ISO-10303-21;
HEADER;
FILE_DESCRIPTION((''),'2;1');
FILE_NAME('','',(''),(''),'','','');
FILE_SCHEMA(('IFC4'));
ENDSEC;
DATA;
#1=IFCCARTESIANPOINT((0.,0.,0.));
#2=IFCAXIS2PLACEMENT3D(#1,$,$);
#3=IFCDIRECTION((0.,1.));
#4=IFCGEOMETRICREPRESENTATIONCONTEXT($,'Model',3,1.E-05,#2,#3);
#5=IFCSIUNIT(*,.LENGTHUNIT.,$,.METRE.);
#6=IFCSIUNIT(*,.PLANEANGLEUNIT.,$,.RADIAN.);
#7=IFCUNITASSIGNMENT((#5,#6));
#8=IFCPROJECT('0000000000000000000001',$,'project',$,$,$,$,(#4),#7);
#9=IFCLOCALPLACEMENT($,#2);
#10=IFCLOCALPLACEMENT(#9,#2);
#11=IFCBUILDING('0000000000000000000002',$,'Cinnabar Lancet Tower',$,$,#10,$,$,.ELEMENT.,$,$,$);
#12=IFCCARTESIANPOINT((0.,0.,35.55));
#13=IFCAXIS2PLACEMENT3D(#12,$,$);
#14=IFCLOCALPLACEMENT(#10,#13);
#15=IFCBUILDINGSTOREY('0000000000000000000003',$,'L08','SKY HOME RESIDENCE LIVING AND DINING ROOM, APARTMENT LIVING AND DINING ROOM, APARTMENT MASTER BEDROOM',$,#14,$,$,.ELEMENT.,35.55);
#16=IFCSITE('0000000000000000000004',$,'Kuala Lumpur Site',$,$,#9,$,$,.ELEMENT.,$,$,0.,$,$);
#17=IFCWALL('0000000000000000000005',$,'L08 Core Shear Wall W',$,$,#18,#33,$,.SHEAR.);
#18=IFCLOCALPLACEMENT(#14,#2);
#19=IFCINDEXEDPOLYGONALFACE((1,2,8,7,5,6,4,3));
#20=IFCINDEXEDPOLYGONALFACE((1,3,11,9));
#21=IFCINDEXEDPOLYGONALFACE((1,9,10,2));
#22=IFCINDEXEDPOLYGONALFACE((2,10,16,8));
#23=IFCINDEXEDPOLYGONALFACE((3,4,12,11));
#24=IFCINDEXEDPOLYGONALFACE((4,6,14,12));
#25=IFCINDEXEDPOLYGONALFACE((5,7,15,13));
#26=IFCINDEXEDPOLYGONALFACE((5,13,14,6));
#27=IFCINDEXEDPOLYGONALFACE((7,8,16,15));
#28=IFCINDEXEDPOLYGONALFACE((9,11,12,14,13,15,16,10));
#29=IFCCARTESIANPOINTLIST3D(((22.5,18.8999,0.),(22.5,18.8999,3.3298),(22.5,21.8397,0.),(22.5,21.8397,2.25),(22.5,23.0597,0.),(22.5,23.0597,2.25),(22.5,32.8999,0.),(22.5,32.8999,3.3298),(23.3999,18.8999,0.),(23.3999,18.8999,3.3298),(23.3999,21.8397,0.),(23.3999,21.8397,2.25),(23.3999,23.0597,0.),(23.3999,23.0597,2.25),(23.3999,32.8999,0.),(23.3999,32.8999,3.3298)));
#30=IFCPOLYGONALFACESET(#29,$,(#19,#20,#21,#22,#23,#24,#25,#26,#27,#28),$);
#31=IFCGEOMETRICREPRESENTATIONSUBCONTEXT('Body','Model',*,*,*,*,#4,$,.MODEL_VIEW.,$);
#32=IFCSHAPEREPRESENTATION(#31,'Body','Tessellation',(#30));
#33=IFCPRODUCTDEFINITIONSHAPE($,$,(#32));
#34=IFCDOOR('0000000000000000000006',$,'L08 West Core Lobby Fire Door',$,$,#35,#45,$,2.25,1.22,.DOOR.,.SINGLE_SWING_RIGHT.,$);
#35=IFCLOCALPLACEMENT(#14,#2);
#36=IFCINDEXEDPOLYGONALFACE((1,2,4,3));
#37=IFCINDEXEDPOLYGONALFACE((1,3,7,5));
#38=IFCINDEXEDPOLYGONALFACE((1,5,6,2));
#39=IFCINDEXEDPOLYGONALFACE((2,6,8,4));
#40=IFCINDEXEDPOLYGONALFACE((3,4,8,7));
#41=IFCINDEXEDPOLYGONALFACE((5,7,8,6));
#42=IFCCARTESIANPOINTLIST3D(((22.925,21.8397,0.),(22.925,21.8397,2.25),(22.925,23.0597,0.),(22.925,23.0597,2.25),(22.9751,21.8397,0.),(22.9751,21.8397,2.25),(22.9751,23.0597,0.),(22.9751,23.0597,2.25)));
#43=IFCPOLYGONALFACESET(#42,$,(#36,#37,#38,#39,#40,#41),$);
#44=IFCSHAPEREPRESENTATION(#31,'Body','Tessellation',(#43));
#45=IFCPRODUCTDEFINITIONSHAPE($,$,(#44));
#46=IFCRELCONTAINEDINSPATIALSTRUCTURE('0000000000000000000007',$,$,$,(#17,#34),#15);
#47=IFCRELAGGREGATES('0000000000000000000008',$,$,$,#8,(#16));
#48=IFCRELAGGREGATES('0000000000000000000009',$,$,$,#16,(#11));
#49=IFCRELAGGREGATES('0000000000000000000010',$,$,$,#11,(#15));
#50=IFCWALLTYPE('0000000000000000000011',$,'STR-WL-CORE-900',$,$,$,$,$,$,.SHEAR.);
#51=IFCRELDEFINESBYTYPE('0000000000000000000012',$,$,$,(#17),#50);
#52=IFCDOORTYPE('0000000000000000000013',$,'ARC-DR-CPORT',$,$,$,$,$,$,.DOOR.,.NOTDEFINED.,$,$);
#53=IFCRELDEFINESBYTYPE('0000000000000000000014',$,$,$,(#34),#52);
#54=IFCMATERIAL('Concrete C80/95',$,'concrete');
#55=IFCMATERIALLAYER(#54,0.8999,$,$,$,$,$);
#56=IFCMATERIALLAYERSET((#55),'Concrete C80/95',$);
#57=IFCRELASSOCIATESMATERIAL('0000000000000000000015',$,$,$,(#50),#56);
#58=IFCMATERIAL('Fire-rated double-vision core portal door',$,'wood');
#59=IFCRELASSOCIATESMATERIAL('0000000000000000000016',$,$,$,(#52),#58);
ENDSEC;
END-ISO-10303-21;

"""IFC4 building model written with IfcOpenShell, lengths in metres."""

from ifc_helpers import new_model, si_unit, direction, frame, frame_2d, origin, place, context, subcontext, project, spatial, rectangle, extrude, material, layer, layer_set, type_object, element, fill, save


model = new_model("IFC4")

# Units and contexts
model_context = context("Model", 3, precision=1e-05, world=origin(), true_north=direction((0.0, 1.0)))
body_context = subcontext(model_context, "Body", "Model", "MODEL_VIEW")
ifc_project = project(units=[si_unit("LENGTHUNIT", "METRE"), si_unit("PLANEANGLEUNIT", "RADIAN")], contexts=[model_context])

# Site, building, storey
site_placement = place(None, origin())
site = spatial("IfcSite", under=ifc_project, at=site_placement, Name="Kuala Lumpur Site", CompositionType="ELEMENT", RefElevation=0.0)
building_placement = place(site_placement, origin())
building = spatial("IfcBuilding", under=site, at=building_placement, Name="Cinnabar Lancet Tower", CompositionType="ELEMENT")
storey_placement = place(building_placement, frame((0.0, 0.0, 35.55)))
storey = spatial("IfcBuildingStorey", under=building, at=storey_placement, Name="L08", Description="SKY HOME RESIDENCE LIVING AND DINING ROOM, APARTMENT LIVING AND DINING ROOM, APARTMENT MASTER BEDROOM", CompositionType="ELEMENT", Elevation=35.55)

# Shared definitions
ifc_material_1 = material(Name="Concrete C80/95", Category="concrete")
ifc_layer_1 = layer(ifc_material_1, 0.8999)
ifc_layer_set_1 = layer_set([ifc_layer_1], Name="Concrete C80/95")
wall_type_1 = type_object("IfcWallType", Name="STR-WL-CORE-900", PredefinedType="SHEAR", material=ifc_layer_set_1)

# Wall, opening, door
wall_1_placement = place(storey_placement, frame((22.95, 18.8999, 0.0), z_axis=(0.0, 0.0, 1.0), x_axis=(0.0, 1.0, 0.0)))
wall_1 = element("IfcWall", 1, at=wall_1_placement, inside=storey, type_object=wall_type_1, Name="L08 Core Shear Wall W", PredefinedType="SHEAR", context=body_context, shape_type="SweptSolid", body=[
    extrude(rectangle(XDim=14.0, YDim=0.8999, at=frame_2d((7.0, 0.0))), origin(), (0.0, 0.0, 1.0), 3.3298),
])
opening_1_placement = place(wall_1_placement, frame((2.9399, 0.0, 0.0)))
opening_1 = element("IfcOpeningElement", 2, at=opening_1_placement, cuts=wall_1, PredefinedType="OPENING", context=body_context, shape_type="SweptSolid", body=[
    extrude(rectangle(XDim=1.22, YDim=2.25, at=frame_2d((0.6099, 1.125))), frame((0.0, 0.46, 0.0), z_axis=(0.0, -1.0, 0.0), x_axis=(1.0, 0.0, 0.0)), (0.0, 0.0, 1.0), 0.9199),
])
ifc_material_2 = material(Name="Fire-rated double-vision core portal door", Category="wood")
door_type_1 = type_object("IfcDoorType", Name="ARC-DR-CPORT", OperationType="NOTDEFINED", PredefinedType="DOOR", material=ifc_material_2)
door_1_placement = place(opening_1_placement, origin())
door_1 = element("IfcDoor", 3, at=door_1_placement, inside=storey, type_object=door_type_1, Name="L08 West Core Lobby Fire Door", OperationType="SINGLE_SWING_RIGHT", OverallHeight=2.25, OverallWidth=1.22, PredefinedType="DOOR", context=body_context, shape_type="SweptSolid", body=[
    extrude(rectangle(XDim=1.22, YDim=2.25, at=frame_2d((0.6099, 1.125))), frame((0.0, 0.0249, 0.0), z_axis=(0.0, -1.0, 0.0), x_axis=(1.0, 0.0, 0.0)), (0.0, 0.0, 1.0), 0.05),
])
fill(opening_1, door_1)

save(model, "model.ifc")
